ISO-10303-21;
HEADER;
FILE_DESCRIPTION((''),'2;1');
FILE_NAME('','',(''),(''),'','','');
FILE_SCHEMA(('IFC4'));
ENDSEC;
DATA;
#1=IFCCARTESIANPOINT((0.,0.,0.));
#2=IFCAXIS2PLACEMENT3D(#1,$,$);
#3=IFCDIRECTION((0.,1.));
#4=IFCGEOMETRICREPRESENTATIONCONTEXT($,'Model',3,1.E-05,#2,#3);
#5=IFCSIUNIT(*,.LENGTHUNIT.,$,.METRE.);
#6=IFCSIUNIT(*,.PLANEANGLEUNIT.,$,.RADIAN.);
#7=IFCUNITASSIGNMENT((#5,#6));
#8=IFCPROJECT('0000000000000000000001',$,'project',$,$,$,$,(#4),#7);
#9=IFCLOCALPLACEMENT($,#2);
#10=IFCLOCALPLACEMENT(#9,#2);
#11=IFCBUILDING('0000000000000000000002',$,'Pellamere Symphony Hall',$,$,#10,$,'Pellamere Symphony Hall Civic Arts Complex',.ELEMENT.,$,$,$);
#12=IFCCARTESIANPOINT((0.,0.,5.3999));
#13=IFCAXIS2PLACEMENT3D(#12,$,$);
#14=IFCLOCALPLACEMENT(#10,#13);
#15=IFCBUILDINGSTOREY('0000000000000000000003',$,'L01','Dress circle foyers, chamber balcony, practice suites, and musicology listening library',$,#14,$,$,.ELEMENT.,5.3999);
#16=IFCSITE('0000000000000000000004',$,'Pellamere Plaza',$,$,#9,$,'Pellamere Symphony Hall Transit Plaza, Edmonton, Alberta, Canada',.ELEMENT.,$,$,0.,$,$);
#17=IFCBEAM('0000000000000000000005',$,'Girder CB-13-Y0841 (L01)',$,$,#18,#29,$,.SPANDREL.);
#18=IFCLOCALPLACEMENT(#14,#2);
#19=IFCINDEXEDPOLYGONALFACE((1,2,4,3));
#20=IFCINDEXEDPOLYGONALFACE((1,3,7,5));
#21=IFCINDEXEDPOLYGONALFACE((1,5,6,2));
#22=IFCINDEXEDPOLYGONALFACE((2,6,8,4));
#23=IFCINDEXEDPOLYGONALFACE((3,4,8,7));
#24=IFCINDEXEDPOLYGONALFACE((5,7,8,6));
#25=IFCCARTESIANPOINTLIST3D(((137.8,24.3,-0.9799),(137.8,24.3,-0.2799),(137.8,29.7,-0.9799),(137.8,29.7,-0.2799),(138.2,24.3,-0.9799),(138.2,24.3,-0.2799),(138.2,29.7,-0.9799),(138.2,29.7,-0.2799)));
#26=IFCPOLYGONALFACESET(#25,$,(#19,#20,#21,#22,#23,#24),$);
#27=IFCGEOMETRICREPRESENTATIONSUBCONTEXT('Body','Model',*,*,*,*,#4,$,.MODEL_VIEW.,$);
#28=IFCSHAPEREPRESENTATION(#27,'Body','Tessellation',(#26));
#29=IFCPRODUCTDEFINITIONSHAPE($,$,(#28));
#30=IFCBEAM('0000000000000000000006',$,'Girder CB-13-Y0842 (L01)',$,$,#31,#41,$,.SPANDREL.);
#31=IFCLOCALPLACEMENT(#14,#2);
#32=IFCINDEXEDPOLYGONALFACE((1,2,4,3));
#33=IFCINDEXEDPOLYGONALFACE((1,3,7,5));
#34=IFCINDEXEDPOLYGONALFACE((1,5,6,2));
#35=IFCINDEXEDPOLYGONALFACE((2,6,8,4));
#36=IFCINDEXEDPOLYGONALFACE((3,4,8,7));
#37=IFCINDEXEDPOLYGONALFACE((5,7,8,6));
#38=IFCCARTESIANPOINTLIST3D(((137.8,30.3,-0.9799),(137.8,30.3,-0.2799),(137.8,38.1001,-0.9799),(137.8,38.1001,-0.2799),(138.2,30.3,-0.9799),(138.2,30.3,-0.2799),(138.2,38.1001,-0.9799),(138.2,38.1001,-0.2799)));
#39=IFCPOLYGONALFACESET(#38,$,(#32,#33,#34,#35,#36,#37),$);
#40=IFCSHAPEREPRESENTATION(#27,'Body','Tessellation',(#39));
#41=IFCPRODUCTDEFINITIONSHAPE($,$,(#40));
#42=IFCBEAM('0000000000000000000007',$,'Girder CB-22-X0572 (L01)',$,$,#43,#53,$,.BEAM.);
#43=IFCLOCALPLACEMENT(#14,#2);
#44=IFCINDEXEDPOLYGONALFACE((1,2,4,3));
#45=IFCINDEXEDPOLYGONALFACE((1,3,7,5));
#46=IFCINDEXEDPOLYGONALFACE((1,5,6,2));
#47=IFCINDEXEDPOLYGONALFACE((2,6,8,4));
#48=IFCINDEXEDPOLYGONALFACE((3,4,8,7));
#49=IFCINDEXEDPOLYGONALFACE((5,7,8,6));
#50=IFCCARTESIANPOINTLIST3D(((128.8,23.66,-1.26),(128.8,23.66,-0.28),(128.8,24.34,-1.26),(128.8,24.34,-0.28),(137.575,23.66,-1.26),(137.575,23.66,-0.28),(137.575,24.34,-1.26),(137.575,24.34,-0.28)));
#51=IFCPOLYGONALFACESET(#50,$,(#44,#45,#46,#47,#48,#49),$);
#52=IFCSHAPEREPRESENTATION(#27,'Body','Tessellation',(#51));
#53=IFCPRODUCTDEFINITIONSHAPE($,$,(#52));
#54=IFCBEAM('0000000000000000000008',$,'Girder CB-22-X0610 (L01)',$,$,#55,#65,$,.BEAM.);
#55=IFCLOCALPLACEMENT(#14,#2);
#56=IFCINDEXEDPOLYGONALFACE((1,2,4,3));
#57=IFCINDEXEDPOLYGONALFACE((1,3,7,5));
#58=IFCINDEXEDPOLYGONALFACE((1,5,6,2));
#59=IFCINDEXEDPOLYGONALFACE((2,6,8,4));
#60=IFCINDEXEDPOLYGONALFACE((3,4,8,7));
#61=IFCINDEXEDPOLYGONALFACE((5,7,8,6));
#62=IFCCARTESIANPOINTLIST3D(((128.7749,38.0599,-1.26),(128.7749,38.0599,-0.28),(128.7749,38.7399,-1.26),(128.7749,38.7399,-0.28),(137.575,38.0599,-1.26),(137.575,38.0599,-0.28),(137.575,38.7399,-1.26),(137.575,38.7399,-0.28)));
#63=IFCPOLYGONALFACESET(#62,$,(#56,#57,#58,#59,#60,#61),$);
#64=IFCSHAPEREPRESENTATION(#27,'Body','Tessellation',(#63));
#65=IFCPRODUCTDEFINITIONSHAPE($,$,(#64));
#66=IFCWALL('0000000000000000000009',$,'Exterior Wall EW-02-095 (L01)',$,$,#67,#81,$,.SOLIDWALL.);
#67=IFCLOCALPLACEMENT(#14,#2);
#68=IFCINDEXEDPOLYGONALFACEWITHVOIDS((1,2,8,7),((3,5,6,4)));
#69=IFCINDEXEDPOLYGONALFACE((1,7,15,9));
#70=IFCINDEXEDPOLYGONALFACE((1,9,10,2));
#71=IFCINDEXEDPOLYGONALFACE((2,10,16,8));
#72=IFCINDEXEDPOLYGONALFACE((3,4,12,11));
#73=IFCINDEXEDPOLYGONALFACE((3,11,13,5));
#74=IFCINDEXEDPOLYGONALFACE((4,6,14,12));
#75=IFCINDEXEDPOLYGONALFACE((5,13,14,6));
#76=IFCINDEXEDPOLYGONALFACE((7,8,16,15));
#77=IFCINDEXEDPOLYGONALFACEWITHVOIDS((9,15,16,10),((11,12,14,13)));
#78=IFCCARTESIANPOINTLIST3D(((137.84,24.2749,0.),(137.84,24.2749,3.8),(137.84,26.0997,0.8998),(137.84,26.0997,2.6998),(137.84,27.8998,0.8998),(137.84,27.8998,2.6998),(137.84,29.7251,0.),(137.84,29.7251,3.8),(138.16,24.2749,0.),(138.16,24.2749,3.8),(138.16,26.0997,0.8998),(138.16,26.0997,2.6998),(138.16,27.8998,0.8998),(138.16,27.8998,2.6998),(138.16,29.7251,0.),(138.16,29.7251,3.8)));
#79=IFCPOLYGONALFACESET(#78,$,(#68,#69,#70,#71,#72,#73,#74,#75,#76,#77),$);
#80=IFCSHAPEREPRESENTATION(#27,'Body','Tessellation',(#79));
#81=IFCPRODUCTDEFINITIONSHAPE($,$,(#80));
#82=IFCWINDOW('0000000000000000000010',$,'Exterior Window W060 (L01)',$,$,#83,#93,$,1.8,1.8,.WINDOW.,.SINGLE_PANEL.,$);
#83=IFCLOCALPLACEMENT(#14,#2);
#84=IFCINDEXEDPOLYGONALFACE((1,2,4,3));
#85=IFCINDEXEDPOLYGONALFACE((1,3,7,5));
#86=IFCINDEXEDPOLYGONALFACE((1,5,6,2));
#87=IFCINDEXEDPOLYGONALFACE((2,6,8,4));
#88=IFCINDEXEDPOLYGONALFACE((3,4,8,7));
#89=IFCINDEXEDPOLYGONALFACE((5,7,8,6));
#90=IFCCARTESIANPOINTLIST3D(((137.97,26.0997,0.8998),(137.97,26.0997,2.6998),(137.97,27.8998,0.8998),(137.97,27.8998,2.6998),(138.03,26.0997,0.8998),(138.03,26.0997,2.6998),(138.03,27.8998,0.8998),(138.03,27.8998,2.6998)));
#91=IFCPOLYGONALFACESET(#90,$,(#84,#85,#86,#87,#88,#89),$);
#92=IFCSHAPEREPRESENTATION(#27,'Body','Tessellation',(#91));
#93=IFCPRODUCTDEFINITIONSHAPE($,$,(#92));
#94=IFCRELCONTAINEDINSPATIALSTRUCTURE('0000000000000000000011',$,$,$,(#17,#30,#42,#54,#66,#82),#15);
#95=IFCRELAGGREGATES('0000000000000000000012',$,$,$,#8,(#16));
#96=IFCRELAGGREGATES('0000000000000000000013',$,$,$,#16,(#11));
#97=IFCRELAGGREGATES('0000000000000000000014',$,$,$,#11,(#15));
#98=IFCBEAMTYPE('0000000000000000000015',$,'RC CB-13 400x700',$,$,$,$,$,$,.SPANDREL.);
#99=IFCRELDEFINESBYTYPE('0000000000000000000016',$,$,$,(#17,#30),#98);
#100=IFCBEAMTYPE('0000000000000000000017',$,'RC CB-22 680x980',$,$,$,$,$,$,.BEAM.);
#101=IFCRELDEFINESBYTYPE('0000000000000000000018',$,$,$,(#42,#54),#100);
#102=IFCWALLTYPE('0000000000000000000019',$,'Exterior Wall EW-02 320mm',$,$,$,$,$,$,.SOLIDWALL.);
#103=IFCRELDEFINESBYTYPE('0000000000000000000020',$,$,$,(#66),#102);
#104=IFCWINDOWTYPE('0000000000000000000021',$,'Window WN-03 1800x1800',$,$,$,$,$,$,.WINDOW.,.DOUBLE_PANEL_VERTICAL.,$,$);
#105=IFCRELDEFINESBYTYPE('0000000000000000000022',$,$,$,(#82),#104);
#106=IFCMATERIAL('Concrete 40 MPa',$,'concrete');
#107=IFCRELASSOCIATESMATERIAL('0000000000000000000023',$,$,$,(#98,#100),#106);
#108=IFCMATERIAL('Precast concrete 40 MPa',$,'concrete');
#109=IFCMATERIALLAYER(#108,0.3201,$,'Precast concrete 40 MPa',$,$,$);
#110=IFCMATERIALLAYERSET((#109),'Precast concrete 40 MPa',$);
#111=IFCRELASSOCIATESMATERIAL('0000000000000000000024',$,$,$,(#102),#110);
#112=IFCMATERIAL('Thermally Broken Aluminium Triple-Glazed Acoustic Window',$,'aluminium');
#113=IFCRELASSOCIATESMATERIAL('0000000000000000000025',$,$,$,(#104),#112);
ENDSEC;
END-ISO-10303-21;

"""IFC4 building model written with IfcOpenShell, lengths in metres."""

from ifc_helpers import new_model, si_unit, direction, frame, frame_2d, origin, origin_2d, place, context, subcontext, project, spatial, rectangle, extrude, material, layer, layer_set, material_profile, profile_set, type_object, element, fill, save


model = new_model("IFC4")

# Units and contexts
model_context = context("Model", 3, precision=1e-05, world=origin(), true_north=direction((0.0, 1.0)))
body_context = subcontext(model_context, "Body", "Model", "MODEL_VIEW")
ifc_project = project(units=[si_unit("LENGTHUNIT", "METRE"), si_unit("PLANEANGLEUNIT", "RADIAN")], contexts=[model_context])

# Site, building, storey
site_placement = place(None, origin())
site = spatial("IfcSite", under=ifc_project, at=site_placement, Name="Pellamere Plaza", LongName="Pellamere Symphony Hall Transit Plaza, Edmonton, Alberta, Canada", CompositionType="ELEMENT", RefElevation=0.0)
building_placement = place(site_placement, origin())
building = spatial("IfcBuilding", under=site, at=building_placement, Name="Pellamere Symphony Hall", LongName="Pellamere Symphony Hall Civic Arts Complex", CompositionType="ELEMENT")
storey_placement = place(building_placement, frame((0.0, 0.0, 5.3999)))
storey = spatial("IfcBuildingStorey", under=building, at=storey_placement, Name="L01", Description="Dress circle foyers, chamber balcony, practice suites, and musicology listening library", CompositionType="ELEMENT", Elevation=5.3999)

# Shared definitions
ifc_material_1 = material(Name="Concrete 40 MPa", Category="concrete")

# Beams
ifc_material_profile_1 = material_profile(ifc_material_1, rectangle(XDim=0.3999, YDim=0.7, at=origin_2d()), Name="RC 400x700")
ifc_profile_set_1 = profile_set([ifc_material_profile_1], Name="Concrete 40 MPa")
beam_type_1 = type_object("IfcBeamType", Name="RC CB-13 400x700", PredefinedType="SPANDREL", material=ifc_profile_set_1)
beam_1_placement = place(storey_placement, frame((138.0, 24.3, -0.6299), z_axis=(0.0, 1.0, 0.0), x_axis=(-1.0, 0.0, 0.0)))
element("IfcBeam", 1, at=beam_1_placement, inside=storey, type_object=beam_type_1, Name="Girder CB-13-Y0841 (L01)", PredefinedType="SPANDREL", context=body_context, shape_type="SweptSolid", body=[
    extrude(rectangle(XDim=0.3999, YDim=0.7, at=origin_2d()), origin(), (0.0, 0.0, 1.0), 5.3999),
])
beam_2_placement = place(storey_placement, frame((138.0, 30.3, -0.6299), z_axis=(0.0, 1.0, 0.0), x_axis=(-1.0, 0.0, 0.0)))
element("IfcBeam", 2, at=beam_2_placement, inside=storey, type_object=beam_type_1, Name="Girder CB-13-Y0842 (L01)", PredefinedType="SPANDREL", context=body_context, shape_type="SweptSolid", body=[
    extrude(rectangle(XDim=0.3999, YDim=0.7, at=origin_2d()), origin(), (0.0, 0.0, 1.0), 7.8),
])
ifc_material_profile_2 = material_profile(ifc_material_1, rectangle(XDim=0.6799, YDim=0.98, at=origin_2d()), Name="RC 680x980")
ifc_profile_set_2 = profile_set([ifc_material_profile_2], Name="Concrete 40 MPa")
beam_type_2 = type_object("IfcBeamType", Name="RC CB-22 680x980", PredefinedType="BEAM", material=ifc_profile_set_2)
beam_3_placement = place(storey_placement, frame((128.8, 24.0, -0.77), z_axis=(1.0, 0.0, 0.0), x_axis=(0.0, 1.0, 0.0)))
element("IfcBeam", 3, at=beam_3_placement, inside=storey, type_object=beam_type_2, Name="Girder CB-22-X0572 (L01)", PredefinedType="BEAM", context=body_context, shape_type="SweptSolid", body=[
    extrude(rectangle(XDim=0.6799, YDim=0.98, at=origin_2d()), origin(), (0.0, 0.0, 1.0), 8.7749),
])
beam_4_placement = place(storey_placement, frame((128.7749, 38.3999, -0.77), z_axis=(1.0, 0.0, 0.0), x_axis=(0.0, 1.0, 0.0)))
element("IfcBeam", 4, at=beam_4_placement, inside=storey, type_object=beam_type_2, Name="Girder CB-22-X0610 (L01)", PredefinedType="BEAM", context=body_context, shape_type="SweptSolid", body=[
    extrude(rectangle(XDim=0.6799, YDim=0.98, at=origin_2d()), origin(), (0.0, 0.0, 1.0), 8.8),
])

# Wall, opening, window
ifc_material_2 = material(Name="Precast concrete 40 MPa", Category="concrete")
ifc_layer = layer(ifc_material_2, 0.3201, Name="Precast concrete 40 MPa")
ifc_layer_set = layer_set([ifc_layer], Name="Precast concrete 40 MPa")
wall_type = type_object("IfcWallType", Name="Exterior Wall EW-02 320mm", PredefinedType="SOLIDWALL", material=ifc_layer_set)
wall_placement = place(storey_placement, frame((138.0, 24.2749, 0.0), z_axis=(0.0, 0.0, 1.0), x_axis=(0.0, 1.0, 0.0)))
wall = element("IfcWall", 5, at=wall_placement, inside=storey, type_object=wall_type, Name="Exterior Wall EW-02-095 (L01)", PredefinedType="SOLIDWALL", context=body_context, shape_type="SweptSolid", body=[
    extrude(rectangle(XDim=5.4502, YDim=0.3201, at=frame_2d((2.7251, 0.0))), origin(), (0.0, 0.0, 1.0), 3.8),
])
opening_placement = place(wall_placement, frame((1.825, 0.0, 0.8999)))
opening = element("IfcOpeningElement", 6, at=opening_placement, cuts=wall, PredefinedType="OPENING", context=body_context, shape_type="SweptSolid", body=[
    extrude(rectangle(XDim=1.8, YDim=1.8, at=frame_2d((0.8999, 0.8999))), frame((0.0, 0.1699, 0.0), z_axis=(0.0, -1.0, 0.0), x_axis=(1.0, 0.0, 0.0)), (0.0, 0.0, 1.0), 0.3401),
])
ifc_material_3 = material(Name="Thermally Broken Aluminium Triple-Glazed Acoustic Window", Category="aluminium")
window_type = type_object("IfcWindowType", Name="Window WN-03 1800x1800", PartitioningType="DOUBLE_PANEL_VERTICAL", PredefinedType="WINDOW", material=ifc_material_3)
window_placement = place(opening_placement, origin())
window = element("IfcWindow", 7, at=window_placement, inside=storey, type_object=window_type, Name="Exterior Window W060 (L01)", OverallHeight=1.8, OverallWidth=1.8, PartitioningType="SINGLE_PANEL", PredefinedType="WINDOW", context=body_context, shape_type="SweptSolid", body=[
    extrude(rectangle(XDim=1.8, YDim=1.8, at=frame_2d((0.8999, 0.8999))), frame((0.0, 0.03, 0.0), z_axis=(0.0, -1.0, 0.0), x_axis=(1.0, 0.0, 0.0)), (0.0, 0.0, 1.0), 0.0601),
])
fill(opening, window)

save(model, "model.ifc")
